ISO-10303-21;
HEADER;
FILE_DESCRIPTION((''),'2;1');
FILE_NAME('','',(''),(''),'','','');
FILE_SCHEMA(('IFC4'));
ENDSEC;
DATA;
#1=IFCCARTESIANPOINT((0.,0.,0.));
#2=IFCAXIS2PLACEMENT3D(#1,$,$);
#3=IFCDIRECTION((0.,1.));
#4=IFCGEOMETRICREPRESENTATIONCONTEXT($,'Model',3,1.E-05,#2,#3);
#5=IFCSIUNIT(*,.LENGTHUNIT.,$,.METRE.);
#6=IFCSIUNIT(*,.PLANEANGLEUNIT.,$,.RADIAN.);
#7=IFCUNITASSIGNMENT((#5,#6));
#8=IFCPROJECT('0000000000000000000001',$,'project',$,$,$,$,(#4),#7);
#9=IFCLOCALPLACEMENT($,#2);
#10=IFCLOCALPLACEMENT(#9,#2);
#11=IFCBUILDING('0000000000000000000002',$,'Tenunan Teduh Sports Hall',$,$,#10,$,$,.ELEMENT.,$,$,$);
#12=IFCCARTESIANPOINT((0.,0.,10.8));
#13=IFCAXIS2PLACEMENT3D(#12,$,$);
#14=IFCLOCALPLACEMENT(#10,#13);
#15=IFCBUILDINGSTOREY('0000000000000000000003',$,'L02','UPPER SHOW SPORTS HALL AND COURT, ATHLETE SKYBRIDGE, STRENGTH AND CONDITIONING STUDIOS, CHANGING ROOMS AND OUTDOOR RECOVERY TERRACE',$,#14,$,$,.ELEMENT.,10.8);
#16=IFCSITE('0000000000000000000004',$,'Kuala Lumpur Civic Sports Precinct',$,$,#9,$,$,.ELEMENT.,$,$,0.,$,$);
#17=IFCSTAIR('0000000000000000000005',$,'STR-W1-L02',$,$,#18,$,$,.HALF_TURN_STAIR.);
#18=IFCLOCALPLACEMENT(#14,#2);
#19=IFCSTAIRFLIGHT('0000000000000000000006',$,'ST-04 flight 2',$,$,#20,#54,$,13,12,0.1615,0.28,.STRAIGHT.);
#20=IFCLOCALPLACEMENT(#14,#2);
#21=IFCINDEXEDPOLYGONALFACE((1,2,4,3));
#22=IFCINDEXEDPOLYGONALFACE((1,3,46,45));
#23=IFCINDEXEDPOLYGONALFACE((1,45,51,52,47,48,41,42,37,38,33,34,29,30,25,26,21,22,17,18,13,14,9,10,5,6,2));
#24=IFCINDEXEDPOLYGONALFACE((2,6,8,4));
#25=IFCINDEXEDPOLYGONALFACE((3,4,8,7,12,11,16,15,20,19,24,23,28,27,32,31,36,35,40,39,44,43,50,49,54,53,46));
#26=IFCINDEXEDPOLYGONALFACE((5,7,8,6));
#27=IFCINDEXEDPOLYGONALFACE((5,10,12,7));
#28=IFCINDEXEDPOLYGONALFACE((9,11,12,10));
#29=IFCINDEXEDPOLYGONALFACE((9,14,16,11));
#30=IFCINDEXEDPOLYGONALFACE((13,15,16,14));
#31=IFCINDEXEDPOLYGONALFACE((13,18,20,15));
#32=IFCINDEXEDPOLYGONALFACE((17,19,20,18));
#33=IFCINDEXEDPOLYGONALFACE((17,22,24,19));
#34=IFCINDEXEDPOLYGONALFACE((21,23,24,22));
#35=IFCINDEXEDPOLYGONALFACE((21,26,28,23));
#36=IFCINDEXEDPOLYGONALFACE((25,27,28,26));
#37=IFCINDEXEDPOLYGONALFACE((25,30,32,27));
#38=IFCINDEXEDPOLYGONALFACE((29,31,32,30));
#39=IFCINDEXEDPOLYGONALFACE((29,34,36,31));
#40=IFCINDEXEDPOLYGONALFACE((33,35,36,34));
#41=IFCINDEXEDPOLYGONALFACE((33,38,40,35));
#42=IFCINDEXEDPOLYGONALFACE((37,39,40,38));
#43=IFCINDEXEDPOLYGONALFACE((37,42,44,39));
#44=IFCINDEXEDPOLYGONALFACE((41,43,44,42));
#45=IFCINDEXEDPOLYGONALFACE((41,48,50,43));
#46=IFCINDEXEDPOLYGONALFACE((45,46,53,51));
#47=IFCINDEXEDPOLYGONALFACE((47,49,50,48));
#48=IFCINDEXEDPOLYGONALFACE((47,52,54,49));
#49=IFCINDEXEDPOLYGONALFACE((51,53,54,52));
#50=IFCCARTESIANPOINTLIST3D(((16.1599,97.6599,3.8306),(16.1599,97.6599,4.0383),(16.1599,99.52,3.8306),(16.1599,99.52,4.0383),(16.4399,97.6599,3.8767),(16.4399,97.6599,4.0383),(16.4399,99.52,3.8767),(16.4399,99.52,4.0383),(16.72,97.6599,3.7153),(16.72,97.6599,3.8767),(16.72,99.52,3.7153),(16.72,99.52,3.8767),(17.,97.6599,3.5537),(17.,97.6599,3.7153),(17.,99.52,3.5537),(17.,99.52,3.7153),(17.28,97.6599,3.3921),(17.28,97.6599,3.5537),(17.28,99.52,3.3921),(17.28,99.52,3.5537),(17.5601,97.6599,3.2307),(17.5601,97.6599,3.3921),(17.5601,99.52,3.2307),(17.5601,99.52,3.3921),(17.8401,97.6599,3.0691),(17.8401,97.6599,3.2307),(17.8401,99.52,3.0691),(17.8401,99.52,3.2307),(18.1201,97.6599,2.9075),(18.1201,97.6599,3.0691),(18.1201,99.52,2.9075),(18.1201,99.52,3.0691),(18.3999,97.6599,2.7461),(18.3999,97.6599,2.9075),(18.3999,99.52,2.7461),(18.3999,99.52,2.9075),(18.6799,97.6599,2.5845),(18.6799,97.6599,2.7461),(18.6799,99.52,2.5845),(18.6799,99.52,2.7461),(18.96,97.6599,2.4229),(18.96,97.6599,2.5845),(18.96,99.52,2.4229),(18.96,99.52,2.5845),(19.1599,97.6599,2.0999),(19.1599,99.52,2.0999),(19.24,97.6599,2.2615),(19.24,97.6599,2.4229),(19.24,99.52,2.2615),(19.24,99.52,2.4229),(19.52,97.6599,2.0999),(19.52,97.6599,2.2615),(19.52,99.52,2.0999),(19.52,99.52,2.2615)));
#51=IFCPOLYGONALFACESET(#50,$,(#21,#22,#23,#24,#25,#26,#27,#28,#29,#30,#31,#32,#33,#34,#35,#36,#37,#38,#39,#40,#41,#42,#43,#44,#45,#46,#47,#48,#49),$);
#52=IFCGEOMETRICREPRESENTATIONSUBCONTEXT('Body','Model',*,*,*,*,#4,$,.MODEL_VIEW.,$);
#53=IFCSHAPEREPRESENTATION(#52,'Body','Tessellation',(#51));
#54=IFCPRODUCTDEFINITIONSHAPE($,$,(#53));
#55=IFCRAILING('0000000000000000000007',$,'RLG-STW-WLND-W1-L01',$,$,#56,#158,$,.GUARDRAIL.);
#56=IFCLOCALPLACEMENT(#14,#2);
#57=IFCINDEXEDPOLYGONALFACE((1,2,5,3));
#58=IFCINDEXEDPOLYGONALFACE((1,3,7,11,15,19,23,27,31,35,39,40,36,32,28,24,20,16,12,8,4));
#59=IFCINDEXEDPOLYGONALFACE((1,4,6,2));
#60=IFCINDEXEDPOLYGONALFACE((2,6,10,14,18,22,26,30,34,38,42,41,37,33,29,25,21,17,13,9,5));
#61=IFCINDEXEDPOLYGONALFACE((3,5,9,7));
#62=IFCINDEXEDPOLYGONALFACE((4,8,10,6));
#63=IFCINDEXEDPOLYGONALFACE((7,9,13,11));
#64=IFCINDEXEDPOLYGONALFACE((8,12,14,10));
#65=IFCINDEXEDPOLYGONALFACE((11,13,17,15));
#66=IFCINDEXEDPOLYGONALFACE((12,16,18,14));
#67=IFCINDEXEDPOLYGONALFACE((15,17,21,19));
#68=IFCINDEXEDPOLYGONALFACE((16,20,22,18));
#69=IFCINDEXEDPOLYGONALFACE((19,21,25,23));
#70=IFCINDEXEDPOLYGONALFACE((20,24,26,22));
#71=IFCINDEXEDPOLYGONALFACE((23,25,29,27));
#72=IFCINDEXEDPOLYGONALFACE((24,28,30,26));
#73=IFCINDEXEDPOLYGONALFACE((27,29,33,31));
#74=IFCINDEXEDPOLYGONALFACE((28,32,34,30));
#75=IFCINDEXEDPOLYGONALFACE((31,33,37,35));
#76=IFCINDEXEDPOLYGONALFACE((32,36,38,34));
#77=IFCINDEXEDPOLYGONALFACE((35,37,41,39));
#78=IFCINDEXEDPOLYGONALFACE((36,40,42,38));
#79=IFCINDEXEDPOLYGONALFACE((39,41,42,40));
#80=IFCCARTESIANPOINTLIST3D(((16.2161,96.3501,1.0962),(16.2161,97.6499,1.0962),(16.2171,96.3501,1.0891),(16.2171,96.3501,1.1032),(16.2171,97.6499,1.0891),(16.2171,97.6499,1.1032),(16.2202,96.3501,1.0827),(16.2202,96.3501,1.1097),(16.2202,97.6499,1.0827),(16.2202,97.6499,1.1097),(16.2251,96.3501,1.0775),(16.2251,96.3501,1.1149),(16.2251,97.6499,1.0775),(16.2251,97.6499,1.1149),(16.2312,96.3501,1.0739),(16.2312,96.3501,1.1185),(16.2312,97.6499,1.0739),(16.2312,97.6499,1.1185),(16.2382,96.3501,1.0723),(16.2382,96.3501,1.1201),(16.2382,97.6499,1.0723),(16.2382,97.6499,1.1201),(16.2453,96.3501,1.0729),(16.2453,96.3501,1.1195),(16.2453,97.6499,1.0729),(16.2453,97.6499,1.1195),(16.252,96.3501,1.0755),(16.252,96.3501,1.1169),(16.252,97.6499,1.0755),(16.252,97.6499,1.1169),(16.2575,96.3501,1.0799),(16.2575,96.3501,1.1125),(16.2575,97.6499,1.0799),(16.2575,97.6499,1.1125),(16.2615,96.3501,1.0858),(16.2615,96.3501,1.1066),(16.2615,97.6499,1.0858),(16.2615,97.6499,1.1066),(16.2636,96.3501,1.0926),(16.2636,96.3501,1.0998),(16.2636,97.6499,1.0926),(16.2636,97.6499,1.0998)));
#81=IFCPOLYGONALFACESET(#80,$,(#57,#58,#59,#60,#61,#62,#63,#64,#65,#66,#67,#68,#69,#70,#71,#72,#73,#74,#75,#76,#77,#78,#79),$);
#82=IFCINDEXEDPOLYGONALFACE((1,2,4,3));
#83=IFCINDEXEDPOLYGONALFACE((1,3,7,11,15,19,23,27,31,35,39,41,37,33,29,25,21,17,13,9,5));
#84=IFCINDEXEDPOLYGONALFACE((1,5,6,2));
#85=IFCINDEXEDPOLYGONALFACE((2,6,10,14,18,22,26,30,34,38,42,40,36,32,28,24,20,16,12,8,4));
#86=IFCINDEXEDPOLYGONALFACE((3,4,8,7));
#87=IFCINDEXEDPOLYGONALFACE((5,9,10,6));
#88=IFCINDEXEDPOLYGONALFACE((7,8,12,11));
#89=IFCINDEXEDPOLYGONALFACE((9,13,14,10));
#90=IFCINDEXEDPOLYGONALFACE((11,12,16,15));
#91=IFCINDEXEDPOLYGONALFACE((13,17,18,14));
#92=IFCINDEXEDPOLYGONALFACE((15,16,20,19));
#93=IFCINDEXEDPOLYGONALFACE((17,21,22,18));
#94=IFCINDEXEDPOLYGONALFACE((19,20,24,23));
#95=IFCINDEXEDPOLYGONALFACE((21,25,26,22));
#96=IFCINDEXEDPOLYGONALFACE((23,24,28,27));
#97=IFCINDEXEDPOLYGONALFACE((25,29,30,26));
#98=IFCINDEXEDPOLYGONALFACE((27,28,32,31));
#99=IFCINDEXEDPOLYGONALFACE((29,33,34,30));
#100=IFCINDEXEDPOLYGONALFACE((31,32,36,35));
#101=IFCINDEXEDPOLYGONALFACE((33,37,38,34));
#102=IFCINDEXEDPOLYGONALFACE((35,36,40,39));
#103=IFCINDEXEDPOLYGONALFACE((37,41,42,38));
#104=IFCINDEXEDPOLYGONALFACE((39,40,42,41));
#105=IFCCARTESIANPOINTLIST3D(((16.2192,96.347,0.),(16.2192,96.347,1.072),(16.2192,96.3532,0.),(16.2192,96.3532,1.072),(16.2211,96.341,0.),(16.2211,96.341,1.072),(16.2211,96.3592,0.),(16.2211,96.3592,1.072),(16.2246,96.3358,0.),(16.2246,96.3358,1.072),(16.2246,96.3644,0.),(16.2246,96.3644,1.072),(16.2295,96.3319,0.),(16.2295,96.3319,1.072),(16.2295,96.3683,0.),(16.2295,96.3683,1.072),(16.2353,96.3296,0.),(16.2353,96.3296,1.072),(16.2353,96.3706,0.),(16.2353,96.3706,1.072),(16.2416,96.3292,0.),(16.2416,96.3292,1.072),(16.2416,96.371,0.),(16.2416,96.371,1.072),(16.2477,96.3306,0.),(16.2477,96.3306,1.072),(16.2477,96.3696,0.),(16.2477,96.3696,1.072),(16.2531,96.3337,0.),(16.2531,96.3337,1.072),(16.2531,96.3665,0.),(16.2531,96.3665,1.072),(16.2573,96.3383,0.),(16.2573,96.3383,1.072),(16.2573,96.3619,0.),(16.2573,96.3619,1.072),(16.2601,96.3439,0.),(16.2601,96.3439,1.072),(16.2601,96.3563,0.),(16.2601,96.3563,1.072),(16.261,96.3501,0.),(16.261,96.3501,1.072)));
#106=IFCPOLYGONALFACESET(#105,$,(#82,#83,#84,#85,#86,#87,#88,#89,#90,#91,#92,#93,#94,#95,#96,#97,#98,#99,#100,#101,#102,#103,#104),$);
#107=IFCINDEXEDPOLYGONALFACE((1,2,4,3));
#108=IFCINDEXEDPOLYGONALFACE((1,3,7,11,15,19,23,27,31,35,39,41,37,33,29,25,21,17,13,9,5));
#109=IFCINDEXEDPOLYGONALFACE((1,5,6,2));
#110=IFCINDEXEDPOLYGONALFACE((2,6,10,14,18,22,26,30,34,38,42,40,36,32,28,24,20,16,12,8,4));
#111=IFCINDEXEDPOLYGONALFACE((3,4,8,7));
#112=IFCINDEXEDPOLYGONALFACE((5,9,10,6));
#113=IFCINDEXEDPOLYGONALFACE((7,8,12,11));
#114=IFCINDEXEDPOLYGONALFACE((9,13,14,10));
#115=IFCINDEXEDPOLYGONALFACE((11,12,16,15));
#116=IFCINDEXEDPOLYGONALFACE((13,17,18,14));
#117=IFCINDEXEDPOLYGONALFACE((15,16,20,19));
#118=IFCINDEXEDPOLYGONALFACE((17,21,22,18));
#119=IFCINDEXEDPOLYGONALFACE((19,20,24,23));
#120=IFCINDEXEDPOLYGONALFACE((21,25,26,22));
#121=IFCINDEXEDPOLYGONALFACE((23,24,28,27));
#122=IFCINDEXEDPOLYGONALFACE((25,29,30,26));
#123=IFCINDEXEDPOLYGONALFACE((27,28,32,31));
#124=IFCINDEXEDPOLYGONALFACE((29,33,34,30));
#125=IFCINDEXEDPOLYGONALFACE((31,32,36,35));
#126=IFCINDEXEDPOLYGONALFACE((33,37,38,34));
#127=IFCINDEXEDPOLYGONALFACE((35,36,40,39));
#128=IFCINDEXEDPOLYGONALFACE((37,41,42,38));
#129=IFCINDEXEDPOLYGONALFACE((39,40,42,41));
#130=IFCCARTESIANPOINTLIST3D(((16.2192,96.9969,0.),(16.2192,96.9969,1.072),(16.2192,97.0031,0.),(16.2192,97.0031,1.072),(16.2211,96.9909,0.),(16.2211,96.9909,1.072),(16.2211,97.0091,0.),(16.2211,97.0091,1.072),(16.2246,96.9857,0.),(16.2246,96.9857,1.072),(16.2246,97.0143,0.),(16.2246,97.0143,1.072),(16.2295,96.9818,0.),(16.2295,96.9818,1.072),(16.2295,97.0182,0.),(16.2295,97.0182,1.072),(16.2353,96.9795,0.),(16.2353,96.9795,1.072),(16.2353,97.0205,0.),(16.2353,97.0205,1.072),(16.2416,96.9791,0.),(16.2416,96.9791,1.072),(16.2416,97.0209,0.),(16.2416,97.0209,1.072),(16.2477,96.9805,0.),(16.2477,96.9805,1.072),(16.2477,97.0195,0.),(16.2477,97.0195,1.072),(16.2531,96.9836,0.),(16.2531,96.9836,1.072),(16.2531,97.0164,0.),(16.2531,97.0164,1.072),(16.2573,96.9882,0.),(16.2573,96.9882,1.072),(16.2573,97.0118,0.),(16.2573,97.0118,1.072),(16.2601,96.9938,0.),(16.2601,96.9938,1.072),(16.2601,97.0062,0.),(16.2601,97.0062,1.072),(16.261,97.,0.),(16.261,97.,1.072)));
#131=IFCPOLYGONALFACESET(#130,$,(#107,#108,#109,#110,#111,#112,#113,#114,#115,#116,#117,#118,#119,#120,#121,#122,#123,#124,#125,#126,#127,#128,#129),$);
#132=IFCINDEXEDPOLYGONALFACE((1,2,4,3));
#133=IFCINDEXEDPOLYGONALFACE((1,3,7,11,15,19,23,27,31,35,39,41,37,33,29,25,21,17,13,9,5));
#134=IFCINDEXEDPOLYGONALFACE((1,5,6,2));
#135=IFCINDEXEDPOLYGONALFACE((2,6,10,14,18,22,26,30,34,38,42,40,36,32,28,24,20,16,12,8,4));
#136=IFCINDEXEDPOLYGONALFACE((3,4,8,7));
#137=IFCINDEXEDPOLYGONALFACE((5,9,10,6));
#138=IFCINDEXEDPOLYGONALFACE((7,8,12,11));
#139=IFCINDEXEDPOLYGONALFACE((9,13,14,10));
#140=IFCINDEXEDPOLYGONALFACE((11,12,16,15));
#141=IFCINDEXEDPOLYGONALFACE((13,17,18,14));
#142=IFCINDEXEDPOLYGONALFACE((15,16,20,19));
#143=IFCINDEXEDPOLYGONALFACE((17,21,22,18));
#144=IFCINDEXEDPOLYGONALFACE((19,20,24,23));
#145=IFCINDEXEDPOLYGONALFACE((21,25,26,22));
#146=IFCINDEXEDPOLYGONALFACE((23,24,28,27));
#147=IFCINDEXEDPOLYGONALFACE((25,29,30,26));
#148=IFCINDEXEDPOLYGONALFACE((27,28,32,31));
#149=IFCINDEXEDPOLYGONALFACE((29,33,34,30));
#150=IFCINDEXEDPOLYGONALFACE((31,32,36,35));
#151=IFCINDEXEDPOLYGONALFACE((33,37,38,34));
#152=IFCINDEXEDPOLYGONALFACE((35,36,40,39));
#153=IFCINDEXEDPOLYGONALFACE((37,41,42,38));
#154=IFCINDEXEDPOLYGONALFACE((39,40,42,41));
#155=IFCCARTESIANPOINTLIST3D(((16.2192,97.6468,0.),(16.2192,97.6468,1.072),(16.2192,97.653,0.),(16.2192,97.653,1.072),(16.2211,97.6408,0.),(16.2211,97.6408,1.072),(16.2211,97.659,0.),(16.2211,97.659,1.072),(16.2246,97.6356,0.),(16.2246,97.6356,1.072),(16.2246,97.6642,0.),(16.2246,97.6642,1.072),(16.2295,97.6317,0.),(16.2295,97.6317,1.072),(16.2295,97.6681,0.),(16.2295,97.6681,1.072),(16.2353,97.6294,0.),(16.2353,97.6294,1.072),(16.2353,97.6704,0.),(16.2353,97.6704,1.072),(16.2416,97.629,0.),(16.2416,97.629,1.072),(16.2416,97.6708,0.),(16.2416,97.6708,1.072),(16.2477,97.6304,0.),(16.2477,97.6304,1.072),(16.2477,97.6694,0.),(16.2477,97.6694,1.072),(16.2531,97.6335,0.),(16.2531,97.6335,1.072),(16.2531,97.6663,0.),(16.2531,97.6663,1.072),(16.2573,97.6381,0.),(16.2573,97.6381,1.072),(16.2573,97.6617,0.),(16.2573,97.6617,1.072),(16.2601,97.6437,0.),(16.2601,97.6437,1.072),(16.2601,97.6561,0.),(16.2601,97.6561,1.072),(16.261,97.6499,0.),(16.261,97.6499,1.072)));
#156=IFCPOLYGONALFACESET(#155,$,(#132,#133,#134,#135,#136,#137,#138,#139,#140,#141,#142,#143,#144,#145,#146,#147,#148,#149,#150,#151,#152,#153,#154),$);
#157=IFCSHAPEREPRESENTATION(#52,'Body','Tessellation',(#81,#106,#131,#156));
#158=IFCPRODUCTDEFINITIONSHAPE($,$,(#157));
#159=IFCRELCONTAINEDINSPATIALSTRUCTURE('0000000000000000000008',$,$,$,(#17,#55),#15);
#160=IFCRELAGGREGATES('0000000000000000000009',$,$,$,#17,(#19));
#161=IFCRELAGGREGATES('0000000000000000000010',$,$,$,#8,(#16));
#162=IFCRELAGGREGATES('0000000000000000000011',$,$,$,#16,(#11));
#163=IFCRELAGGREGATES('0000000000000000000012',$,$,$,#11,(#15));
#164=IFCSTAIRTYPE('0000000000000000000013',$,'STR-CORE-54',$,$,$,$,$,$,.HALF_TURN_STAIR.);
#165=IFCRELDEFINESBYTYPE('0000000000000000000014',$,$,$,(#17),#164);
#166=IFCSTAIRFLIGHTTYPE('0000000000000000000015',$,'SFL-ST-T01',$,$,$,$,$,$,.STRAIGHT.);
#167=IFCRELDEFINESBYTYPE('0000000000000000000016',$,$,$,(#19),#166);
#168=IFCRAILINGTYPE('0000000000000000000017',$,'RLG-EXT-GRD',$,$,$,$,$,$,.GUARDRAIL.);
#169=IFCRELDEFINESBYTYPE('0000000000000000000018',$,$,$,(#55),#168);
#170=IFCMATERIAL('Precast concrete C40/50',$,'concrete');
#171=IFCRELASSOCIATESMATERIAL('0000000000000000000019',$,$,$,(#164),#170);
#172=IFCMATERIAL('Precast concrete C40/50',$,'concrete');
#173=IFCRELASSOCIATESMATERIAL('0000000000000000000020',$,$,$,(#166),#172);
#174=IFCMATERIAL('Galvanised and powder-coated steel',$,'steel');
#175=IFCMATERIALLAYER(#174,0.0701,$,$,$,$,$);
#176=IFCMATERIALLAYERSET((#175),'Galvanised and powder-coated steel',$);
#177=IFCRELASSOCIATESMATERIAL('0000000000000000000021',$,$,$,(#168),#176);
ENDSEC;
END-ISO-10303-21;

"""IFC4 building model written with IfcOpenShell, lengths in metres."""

from ifc_helpers import new_model, si_unit, direction, frame, origin, origin_2d, place, context, subcontext, project, spatial, polyline, circle, outline, extrude, material, layer, layer_set, type_object, element, aggregate, save


model = new_model("IFC4")

# Units and contexts
model_context = context("Model", 3, precision=1e-05, world=origin(), true_north=direction((0.0, 1.0)))
body_context = subcontext(model_context, "Body", "Model", "MODEL_VIEW")
ifc_project = project(units=[si_unit("LENGTHUNIT", "METRE"), si_unit("PLANEANGLEUNIT", "RADIAN")], contexts=[model_context])

# Site, building, storey
site_placement = place(None, origin())
site = spatial("IfcSite", under=ifc_project, at=site_placement, Name="Kuala Lumpur Civic Sports Precinct", CompositionType="ELEMENT", RefElevation=0.0)
building_placement = place(site_placement, origin())
building = spatial("IfcBuilding", under=site, at=building_placement, Name="Tenunan Teduh Sports Hall", CompositionType="ELEMENT")
storey_placement = place(building_placement, frame((0.0, 0.0, 10.8)))
storey = spatial("IfcBuildingStorey", under=building, at=storey_placement, Name="L02", Description="UPPER SHOW SPORTS HALL AND COURT, ATHLETE SKYBRIDGE, STRENGTH AND CONDITIONING STUDIOS, CHANGING ROOMS AND OUTDOOR RECOVERY TERRACE", CompositionType="ELEMENT", Elevation=10.8)

# Stair, stair flight
ifc_material_1 = material(Name="Precast concrete C40/50", Category="concrete")
stair_type = type_object("IfcStairType", Name="STR-CORE-54", PredefinedType="HALF_TURN_STAIR", material=ifc_material_1)
stair_placement = place(storey_placement, origin())
stair = element("IfcStair", 1, at=stair_placement, inside=storey, type_object=stair_type, Name="STR-W1-L02", PredefinedType="HALF_TURN_STAIR")
ifc_material_2 = material(Name="Precast concrete C40/50", Category="concrete")
stair_flight_type = type_object("IfcStairFlightType", Name="SFL-ST-T01", PredefinedType="STRAIGHT", material=ifc_material_2)
stair_flight_1_placement = place(storey_placement, frame((19.52, 98.5901, 2.0999), z_axis=(0.0, 0.0, 1.0), x_axis=(-1.0, 0.0, 0.0)))
stair_flight_1 = element("IfcStairFlight", 2, at=stair_flight_1_placement, type_object=stair_flight_type, Name="ST-04 flight 2", NumberOfRisers=13, NumberOfTreads=12, PredefinedType="STRAIGHT", RiserHeight=0.1615, TreadLength=0.28, context=body_context, shape_type="SweptSolid", body=[
    extrude(outline(polyline([(0.0, 0.0), (0.0, 0.1616), (0.28, 0.1616), (0.28, 0.323), (0.5601, 0.323), (0.5601, 0.4846), (0.8401, 0.4846), (0.8401, 0.6462), (1.1201, 0.6462), (1.1201, 0.8076), (1.3999, 0.8076), (1.3999, 0.9692), (1.6799, 0.9692), (1.6799, 1.1309), (1.96, 1.1309), (1.96, 1.2922), (2.24, 1.2922), (2.24, 1.4539), (2.52, 1.4539), (2.52, 1.6155), (2.8, 1.6155), (2.8, 1.7769), (3.0801, 1.7769), (3.0801, 1.9385), (3.3601, 1.9385), (3.3601, 2.1001), (3.3601, 1.7307), (0.3601, 0.0), (0.0, 0.0)])), frame((0.0, 0.9302, 0.0), z_axis=(0.0, -1.0, 0.0), x_axis=(1.0, 0.0, 0.0)), (0.0, 0.0, 1.0), 1.8601),
])

# Railing
ifc_material_3 = material(Name="Galvanised and powder-coated steel", Category="steel")
ifc_layer_1 = layer(ifc_material_3, 0.0701)
ifc_layer_set_1 = layer_set([ifc_layer_1], Name="Galvanised and powder-coated steel")
railing_type_1 = type_object("IfcRailingType", Name="RLG-EXT-GRD", PredefinedType="GUARDRAIL", material=ifc_layer_set_1)
railing_1_placement = place(storey_placement, frame((16.24, 96.3501, 0.0)))
element("IfcRailing", 3, at=railing_1_placement, inside=storey, type_object=railing_type_1, Name="RLG-STW-WLND-W1-L01", PredefinedType="GUARDRAIL", context=body_context, shape_type="SweptSolid", body=[
    extrude(circle(Radius=0.0239, at=origin_2d()), frame((0.0, 0.0, 1.0962), z_axis=(0.0, 1.0, 0.0), x_axis=(-1.0, 0.0, 0.0)), (0.0, 0.0, 1.0), 1.2998),
    extrude(circle(Radius=0.021, at=origin_2d()), origin(), (0.0, 0.0, 1.0), 1.072),
    extrude(circle(Radius=0.021, at=origin_2d()), frame((0.0, 0.6499, 0.0)), (0.0, 0.0, 1.0), 1.072),
    extrude(circle(Radius=0.021, at=origin_2d()), frame((0.0, 1.2998, 0.0)), (0.0, 0.0, 1.0), 1.072),
])

aggregate(stair, [stair_flight_1])

save(model, "model.ifc")
